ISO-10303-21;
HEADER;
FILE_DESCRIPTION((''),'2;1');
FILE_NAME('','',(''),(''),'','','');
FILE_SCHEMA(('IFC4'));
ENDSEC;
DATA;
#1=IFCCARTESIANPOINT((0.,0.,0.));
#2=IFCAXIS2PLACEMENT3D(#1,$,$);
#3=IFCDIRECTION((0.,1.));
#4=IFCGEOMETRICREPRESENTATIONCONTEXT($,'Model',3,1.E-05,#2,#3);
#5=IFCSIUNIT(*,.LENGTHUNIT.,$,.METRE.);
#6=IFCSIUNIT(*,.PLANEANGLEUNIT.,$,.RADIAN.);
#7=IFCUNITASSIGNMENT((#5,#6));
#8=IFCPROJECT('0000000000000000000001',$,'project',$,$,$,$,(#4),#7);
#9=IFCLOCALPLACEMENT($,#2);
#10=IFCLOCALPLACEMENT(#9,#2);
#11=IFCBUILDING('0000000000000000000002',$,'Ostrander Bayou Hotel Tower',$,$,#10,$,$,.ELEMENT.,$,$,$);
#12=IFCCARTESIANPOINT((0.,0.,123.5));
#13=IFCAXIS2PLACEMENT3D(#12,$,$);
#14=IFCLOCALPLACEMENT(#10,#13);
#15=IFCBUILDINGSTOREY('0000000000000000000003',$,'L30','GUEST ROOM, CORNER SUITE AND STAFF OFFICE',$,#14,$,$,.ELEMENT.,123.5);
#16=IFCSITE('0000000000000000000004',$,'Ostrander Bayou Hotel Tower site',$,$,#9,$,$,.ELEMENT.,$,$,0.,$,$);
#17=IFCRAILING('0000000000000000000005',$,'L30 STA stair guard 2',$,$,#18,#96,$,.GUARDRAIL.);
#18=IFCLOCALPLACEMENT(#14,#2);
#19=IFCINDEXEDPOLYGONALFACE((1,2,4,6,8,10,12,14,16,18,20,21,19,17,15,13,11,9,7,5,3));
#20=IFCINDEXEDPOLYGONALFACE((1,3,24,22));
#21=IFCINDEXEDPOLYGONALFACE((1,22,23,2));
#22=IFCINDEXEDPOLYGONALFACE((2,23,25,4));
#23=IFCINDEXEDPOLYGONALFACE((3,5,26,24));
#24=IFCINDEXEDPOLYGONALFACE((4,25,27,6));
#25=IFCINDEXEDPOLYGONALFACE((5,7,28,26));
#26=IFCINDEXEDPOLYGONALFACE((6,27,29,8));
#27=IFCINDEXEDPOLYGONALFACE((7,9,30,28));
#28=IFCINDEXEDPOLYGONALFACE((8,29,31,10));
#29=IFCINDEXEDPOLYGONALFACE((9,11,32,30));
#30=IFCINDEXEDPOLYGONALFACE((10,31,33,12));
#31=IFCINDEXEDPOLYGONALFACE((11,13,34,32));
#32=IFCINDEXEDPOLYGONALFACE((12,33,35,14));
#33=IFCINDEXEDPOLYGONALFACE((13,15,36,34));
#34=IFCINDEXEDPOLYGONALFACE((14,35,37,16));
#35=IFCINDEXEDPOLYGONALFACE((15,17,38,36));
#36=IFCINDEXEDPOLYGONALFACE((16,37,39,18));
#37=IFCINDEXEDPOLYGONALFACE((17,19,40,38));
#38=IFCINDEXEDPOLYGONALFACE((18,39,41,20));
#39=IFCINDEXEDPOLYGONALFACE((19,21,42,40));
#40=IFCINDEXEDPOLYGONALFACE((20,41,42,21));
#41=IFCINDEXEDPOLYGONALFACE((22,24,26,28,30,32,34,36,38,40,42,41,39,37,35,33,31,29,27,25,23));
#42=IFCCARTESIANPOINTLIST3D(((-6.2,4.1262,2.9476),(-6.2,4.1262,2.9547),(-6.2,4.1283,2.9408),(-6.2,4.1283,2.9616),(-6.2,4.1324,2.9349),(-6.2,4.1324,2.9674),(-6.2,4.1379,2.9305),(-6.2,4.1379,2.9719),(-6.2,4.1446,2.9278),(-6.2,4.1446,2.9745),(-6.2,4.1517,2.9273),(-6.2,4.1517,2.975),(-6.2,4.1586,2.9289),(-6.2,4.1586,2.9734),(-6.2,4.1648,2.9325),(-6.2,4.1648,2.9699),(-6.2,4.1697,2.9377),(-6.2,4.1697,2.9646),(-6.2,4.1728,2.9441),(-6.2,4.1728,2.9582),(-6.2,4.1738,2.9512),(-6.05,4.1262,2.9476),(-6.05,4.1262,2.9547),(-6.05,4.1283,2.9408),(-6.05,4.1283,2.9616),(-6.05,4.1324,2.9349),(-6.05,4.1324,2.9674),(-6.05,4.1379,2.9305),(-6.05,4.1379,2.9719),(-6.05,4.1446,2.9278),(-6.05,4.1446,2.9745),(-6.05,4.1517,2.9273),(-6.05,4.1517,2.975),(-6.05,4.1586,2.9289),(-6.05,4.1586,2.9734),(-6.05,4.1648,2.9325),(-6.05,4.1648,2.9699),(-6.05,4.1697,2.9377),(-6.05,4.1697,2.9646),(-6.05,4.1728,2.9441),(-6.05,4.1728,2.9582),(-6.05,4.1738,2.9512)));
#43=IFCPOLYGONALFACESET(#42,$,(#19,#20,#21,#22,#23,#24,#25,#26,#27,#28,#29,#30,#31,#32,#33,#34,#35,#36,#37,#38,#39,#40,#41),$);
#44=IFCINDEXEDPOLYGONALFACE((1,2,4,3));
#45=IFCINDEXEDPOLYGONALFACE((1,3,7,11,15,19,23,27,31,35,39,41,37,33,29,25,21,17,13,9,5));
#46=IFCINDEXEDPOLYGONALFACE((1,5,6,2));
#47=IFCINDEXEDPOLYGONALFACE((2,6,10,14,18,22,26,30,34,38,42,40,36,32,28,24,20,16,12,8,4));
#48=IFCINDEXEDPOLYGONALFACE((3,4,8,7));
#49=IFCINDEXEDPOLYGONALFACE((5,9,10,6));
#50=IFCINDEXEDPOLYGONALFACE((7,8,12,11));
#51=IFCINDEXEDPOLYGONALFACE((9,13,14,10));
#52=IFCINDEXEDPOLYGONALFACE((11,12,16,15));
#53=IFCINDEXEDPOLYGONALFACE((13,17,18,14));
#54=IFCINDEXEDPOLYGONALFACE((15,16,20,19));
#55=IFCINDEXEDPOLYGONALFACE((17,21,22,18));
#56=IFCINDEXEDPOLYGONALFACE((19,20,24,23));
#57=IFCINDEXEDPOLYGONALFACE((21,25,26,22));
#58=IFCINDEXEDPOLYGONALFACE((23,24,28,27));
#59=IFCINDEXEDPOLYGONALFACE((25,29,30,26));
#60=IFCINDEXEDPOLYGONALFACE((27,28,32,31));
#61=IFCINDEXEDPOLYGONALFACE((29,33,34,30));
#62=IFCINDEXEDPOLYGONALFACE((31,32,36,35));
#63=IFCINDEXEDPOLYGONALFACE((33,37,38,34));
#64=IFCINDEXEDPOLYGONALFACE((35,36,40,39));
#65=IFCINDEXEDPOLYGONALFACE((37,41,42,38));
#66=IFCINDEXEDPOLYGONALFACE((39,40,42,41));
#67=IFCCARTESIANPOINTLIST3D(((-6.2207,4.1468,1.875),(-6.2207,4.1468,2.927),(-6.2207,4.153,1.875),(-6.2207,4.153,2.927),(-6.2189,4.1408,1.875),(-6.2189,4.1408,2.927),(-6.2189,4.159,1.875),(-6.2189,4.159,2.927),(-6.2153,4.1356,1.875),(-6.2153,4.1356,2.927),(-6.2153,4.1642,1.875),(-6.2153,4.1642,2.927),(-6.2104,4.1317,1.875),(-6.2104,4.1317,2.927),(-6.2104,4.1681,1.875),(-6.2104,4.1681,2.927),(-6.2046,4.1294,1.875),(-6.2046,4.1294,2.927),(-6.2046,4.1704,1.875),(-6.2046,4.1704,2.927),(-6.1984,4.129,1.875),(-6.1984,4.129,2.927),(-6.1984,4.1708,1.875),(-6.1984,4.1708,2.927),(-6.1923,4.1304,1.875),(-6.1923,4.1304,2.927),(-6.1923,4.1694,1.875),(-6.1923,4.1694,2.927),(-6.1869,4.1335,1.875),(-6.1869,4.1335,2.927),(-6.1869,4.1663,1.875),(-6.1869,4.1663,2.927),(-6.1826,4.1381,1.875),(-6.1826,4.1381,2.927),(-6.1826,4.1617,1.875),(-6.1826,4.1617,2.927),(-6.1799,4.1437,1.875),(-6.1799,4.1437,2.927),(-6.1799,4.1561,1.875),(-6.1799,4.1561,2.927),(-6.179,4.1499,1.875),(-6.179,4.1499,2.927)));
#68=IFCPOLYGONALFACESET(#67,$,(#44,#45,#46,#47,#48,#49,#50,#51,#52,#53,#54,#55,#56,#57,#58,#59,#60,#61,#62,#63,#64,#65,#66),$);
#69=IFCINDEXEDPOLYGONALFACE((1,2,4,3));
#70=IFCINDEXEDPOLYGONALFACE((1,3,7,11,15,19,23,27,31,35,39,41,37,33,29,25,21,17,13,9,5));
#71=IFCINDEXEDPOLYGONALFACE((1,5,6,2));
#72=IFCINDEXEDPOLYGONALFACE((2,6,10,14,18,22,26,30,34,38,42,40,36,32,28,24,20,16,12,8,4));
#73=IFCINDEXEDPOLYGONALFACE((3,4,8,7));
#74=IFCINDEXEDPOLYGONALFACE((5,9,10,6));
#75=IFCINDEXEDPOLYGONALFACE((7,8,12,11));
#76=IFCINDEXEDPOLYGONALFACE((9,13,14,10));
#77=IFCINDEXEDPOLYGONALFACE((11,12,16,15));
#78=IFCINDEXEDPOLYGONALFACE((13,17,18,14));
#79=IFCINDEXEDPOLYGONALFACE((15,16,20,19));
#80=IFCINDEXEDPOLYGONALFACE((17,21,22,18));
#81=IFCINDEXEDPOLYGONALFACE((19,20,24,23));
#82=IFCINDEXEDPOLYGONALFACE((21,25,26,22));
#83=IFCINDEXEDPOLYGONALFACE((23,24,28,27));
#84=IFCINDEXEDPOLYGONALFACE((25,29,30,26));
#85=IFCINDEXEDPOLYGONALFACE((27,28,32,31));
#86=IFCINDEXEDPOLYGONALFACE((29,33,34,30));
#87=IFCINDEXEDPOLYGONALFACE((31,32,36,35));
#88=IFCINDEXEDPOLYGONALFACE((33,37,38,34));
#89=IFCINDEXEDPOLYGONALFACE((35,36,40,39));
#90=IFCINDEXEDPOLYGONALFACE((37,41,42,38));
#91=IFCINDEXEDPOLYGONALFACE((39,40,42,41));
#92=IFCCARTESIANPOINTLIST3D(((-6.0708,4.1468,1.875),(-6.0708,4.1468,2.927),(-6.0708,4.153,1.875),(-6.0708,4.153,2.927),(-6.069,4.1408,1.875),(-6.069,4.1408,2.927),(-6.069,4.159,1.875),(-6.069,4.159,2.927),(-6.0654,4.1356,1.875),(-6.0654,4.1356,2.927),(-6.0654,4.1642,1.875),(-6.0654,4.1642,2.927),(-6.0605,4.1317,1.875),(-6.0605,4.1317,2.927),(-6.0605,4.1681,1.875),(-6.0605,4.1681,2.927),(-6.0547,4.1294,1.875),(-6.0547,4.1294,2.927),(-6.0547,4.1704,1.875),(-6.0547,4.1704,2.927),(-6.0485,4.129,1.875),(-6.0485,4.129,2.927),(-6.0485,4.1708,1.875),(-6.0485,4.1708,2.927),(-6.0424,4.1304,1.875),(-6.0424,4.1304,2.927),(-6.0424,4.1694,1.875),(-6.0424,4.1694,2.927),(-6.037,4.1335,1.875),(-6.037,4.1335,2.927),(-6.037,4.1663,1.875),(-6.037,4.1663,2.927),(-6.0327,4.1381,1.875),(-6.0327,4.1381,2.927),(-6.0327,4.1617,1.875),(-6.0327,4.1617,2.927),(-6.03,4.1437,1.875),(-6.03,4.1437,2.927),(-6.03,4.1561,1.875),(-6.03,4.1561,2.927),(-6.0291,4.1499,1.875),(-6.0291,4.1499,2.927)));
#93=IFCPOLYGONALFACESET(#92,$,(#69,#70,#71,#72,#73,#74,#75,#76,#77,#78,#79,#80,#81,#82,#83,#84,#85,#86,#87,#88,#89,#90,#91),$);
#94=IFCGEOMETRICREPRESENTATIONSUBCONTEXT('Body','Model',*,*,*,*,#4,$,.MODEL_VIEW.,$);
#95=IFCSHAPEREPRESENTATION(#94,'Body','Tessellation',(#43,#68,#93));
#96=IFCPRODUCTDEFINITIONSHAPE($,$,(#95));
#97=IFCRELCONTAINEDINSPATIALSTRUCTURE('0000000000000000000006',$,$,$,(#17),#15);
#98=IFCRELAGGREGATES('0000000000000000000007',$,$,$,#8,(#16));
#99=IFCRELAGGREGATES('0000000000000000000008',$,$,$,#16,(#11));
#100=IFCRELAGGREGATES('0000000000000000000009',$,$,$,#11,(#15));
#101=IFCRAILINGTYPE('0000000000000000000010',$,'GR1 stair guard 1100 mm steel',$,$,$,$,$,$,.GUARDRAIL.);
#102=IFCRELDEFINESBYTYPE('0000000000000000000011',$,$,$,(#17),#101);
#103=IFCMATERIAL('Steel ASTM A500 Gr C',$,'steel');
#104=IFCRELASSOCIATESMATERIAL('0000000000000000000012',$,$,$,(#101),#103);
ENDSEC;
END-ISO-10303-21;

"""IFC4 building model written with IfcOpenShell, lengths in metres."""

from ifc_helpers import new_model, si_unit, direction, frame, origin, origin_2d, place, context, subcontext, project, spatial, circle, extrude, material, type_object, element, save


model = new_model("IFC4")

# Units and contexts
model_context = context("Model", 3, precision=1e-05, world=origin(), true_north=direction((0.0, 1.0)))
body_context = subcontext(model_context, "Body", "Model", "MODEL_VIEW")
ifc_project = project(units=[si_unit("LENGTHUNIT", "METRE"), si_unit("PLANEANGLEUNIT", "RADIAN")], contexts=[model_context])

# Site, building, storey
site_placement = place(None, origin())
site = spatial("IfcSite", under=ifc_project, at=site_placement, Name="Ostrander Bayou Hotel Tower site", CompositionType="ELEMENT", RefElevation=0.0)
building_placement = place(site_placement, origin())
building = spatial("IfcBuilding", under=site, at=building_placement, Name="Ostrander Bayou Hotel Tower", CompositionType="ELEMENT")
storey_placement = place(building_placement, frame((0.0, 0.0, 123.5)))
storey = spatial("IfcBuildingStorey", under=building, at=storey_placement, Name="L30", Description="GUEST ROOM, CORNER SUITE AND STAFF OFFICE", CompositionType="ELEMENT", Elevation=123.5)

# Railing
ifc_material_1 = material(Name="Steel ASTM A500 Gr C", Category="steel")
railing_type_1 = type_object("IfcRailingType", Name="GR1 stair guard 1100 mm steel", PredefinedType="GUARDRAIL", material=ifc_material_1)
railing_1_placement = place(storey_placement, frame((-6.2, 4.1499, 1.875)))
element("IfcRailing", 1, at=railing_1_placement, inside=storey, type_object=railing_type_1, Name="L30 STA stair guard 2", PredefinedType="GUARDRAIL", context=body_context, shape_type="SweptSolid", body=[
    extrude(circle(Radius=0.0239, at=origin_2d()), frame((0.0, 0.0, 1.0762), z_axis=(1.0, 0.0, 0.0), x_axis=(0.0, 1.0, 0.0)), (0.0, 0.0, 1.0), 0.1499),
    extrude(circle(Radius=0.021, at=origin_2d()), origin(), (0.0, 0.0, 1.0), 1.052),
    extrude(circle(Radius=0.021, at=origin_2d()), frame((0.1499, 0.0, 0.0)), (0.0, 0.0, 1.0), 1.052),
])

save(model, "model.ifc")
